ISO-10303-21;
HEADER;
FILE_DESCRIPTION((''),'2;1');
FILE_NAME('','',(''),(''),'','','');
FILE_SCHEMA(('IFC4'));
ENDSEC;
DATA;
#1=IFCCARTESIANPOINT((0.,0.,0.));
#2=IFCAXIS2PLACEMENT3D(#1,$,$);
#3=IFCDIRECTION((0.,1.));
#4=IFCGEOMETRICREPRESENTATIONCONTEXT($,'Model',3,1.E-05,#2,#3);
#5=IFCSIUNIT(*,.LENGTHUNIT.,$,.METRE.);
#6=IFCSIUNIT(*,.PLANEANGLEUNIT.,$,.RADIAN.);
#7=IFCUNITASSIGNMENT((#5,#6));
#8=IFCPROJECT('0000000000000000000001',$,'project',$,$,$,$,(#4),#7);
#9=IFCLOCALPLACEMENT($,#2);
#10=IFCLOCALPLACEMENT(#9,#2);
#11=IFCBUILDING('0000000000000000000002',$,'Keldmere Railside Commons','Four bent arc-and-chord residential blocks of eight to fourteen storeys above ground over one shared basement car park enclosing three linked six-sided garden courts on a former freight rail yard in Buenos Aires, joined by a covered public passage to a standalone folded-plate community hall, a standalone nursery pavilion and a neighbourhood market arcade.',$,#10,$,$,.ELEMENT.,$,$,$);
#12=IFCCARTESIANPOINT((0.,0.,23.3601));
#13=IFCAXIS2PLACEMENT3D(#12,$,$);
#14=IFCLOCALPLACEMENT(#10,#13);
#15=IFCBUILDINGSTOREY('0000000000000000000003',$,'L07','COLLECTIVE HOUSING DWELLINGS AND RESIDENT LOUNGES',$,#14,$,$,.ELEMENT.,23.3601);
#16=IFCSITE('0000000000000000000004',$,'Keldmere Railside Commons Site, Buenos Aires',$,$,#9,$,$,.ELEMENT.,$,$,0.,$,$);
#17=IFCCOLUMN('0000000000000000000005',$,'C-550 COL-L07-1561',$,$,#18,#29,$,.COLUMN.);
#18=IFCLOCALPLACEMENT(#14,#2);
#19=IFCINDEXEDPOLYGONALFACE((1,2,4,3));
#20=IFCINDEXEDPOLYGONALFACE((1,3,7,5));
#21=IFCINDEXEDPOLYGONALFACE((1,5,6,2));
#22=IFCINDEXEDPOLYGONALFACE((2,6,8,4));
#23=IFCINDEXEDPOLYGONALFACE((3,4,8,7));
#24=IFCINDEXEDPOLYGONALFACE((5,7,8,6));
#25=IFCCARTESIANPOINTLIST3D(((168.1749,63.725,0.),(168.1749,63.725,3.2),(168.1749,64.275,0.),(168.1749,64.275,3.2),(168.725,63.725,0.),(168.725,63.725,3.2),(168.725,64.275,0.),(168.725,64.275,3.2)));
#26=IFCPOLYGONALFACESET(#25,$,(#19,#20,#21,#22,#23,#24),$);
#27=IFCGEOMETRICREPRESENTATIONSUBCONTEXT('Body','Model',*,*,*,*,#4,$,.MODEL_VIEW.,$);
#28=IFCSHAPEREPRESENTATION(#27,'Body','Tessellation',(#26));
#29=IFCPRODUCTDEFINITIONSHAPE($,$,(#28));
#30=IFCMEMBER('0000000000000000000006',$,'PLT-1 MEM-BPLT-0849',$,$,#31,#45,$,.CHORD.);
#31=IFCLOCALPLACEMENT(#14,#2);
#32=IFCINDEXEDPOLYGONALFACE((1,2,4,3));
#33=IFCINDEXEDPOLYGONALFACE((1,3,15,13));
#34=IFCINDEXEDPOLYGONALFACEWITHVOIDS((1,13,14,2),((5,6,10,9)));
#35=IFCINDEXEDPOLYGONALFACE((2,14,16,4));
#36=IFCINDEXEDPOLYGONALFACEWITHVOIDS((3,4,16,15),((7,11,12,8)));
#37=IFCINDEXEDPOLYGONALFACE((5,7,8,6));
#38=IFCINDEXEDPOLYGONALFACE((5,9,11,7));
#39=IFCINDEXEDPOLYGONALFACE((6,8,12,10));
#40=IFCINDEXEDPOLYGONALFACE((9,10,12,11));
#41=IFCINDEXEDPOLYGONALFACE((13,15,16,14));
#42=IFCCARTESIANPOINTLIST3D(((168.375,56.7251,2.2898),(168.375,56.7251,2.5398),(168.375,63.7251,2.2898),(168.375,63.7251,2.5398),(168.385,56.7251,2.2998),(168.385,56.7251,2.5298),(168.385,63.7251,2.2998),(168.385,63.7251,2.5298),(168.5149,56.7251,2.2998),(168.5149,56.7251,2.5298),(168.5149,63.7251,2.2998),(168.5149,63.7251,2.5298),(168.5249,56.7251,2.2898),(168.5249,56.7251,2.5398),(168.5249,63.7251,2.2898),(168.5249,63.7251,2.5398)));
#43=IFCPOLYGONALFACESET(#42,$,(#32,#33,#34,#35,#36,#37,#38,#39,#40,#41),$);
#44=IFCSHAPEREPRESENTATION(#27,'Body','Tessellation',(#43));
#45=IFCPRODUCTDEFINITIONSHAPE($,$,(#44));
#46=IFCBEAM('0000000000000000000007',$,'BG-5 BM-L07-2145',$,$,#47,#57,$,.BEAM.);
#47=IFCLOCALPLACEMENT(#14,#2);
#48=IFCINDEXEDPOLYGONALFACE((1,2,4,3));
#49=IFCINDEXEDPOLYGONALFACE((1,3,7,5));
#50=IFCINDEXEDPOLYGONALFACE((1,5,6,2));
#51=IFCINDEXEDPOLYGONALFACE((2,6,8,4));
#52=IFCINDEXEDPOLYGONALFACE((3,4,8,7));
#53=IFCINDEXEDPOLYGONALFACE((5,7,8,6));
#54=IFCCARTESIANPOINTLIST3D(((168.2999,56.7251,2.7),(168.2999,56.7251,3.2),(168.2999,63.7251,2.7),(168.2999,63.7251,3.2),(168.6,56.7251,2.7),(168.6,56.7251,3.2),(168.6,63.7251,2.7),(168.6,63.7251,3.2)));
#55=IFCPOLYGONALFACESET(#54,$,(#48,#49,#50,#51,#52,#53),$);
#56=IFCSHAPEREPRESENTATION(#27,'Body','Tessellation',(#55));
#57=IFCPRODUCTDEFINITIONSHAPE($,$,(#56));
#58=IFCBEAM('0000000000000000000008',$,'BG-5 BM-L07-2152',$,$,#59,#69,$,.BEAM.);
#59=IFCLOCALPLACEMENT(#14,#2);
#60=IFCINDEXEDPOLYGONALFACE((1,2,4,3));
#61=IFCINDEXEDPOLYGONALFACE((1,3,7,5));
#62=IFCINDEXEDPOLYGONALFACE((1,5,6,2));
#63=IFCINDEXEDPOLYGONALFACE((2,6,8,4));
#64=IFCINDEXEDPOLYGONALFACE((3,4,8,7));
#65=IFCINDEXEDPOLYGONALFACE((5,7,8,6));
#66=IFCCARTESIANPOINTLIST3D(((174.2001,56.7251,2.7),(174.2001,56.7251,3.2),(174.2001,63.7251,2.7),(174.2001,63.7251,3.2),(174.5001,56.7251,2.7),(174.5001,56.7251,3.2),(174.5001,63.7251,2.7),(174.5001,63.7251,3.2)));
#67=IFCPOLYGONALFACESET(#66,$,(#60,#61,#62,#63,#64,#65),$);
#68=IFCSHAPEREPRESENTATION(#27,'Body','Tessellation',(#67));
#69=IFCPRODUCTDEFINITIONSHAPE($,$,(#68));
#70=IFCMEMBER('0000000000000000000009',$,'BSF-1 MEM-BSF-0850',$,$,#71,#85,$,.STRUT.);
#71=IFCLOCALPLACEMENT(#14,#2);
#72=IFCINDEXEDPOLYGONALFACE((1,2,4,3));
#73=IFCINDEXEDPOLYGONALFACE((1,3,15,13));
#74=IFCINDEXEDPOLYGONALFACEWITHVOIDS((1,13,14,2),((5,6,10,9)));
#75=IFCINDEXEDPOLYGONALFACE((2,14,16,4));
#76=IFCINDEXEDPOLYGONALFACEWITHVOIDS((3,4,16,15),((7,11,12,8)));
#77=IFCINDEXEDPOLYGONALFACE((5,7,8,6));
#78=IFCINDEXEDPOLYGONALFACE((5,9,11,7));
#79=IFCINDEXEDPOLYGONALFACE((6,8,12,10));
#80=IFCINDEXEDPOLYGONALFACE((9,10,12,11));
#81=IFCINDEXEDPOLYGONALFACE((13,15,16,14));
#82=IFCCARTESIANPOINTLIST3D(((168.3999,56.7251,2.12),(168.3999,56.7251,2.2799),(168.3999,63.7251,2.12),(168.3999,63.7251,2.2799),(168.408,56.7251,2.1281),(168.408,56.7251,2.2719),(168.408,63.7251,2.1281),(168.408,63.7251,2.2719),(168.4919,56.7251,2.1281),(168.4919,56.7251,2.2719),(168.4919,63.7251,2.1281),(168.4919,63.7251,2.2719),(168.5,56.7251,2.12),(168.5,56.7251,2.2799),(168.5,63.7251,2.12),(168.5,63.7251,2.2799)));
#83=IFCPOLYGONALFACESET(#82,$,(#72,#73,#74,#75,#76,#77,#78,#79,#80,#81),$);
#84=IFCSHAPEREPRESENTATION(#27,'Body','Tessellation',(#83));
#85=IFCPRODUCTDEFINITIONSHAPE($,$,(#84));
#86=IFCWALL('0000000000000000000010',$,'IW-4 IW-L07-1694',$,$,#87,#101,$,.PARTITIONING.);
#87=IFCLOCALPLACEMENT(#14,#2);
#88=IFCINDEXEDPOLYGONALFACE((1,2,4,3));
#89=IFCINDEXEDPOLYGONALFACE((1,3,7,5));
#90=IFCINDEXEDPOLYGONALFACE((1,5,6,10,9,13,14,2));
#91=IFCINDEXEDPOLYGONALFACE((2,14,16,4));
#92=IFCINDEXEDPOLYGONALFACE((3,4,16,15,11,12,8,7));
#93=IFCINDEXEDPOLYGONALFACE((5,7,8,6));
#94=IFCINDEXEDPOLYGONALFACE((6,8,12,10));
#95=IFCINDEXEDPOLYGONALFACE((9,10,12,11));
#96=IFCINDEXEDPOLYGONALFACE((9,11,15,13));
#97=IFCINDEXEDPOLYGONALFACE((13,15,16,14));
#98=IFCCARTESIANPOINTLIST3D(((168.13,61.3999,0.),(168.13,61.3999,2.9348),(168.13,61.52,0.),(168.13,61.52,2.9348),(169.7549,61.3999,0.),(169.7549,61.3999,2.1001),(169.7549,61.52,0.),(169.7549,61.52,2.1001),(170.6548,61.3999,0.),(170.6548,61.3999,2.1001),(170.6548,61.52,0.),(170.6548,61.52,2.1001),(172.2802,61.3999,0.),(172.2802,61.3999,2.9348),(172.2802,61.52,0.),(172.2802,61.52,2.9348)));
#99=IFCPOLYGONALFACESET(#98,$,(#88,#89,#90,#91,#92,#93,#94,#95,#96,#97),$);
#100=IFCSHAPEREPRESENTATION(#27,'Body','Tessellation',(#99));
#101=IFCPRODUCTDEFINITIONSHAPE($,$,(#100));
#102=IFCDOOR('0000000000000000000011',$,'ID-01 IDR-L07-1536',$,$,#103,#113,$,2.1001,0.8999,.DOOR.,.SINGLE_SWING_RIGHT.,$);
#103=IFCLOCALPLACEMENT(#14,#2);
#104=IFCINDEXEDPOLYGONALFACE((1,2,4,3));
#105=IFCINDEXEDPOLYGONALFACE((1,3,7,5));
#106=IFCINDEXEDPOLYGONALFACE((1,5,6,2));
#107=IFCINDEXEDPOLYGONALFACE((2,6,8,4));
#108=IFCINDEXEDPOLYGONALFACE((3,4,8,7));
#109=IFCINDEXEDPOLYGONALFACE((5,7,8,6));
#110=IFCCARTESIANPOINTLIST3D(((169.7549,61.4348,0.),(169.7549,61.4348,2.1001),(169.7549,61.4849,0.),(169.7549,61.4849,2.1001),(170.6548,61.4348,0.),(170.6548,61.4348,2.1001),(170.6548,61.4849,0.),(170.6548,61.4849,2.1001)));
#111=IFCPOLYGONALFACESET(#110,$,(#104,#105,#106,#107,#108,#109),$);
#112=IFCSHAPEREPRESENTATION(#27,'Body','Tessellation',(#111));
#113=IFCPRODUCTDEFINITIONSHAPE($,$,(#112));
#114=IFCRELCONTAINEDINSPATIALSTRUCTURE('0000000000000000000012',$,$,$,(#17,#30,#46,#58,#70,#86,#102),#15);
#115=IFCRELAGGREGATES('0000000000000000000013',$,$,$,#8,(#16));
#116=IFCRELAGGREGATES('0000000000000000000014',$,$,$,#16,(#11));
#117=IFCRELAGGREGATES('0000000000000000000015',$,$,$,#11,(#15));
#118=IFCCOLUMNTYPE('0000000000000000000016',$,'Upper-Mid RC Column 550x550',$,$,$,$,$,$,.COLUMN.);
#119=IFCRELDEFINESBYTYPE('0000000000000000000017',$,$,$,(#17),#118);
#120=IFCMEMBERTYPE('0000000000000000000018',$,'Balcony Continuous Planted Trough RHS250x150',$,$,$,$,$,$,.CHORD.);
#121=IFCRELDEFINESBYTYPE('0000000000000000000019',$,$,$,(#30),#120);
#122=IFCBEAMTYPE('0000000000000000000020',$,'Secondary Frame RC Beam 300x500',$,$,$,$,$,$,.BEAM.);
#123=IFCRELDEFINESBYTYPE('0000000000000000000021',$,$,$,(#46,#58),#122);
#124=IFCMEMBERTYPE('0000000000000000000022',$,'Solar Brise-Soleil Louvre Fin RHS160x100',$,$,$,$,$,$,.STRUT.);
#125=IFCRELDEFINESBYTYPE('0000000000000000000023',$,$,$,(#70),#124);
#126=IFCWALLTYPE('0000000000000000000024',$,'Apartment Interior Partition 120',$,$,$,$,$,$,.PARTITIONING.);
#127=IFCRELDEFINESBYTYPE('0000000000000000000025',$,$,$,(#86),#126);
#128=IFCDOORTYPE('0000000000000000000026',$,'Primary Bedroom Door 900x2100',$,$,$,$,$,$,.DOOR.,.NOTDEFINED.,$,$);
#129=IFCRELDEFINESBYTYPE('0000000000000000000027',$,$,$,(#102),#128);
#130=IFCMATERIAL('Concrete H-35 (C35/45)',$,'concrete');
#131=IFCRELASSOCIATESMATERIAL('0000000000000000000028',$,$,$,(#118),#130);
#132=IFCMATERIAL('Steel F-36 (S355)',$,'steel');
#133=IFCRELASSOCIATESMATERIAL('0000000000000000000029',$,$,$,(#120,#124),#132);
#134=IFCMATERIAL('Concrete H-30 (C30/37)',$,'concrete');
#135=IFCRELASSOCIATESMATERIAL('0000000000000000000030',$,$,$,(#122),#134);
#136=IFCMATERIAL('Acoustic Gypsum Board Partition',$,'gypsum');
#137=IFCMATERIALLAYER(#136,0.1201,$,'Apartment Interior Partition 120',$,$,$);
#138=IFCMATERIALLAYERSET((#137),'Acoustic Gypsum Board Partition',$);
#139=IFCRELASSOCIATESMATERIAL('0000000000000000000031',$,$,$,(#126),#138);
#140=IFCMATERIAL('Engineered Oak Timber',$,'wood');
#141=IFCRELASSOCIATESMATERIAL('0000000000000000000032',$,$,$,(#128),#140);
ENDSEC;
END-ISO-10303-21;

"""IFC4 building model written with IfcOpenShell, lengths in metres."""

from ifc_helpers import new_model, si_unit, direction, frame, frame_2d, origin, origin_2d, place, context, subcontext, project, spatial, rectangle, hollow_rectangle, extrude, material, layer, layer_set, material_profile, profile_set, type_object, element, fill, save


model = new_model("IFC4")

# Units and contexts
model_context = context("Model", 3, precision=1e-05, world=origin(), true_north=direction((0.0, 1.0)))
body_context = subcontext(model_context, "Body", "Model", "MODEL_VIEW")
ifc_project = project(units=[si_unit("LENGTHUNIT", "METRE"), si_unit("PLANEANGLEUNIT", "RADIAN")], contexts=[model_context])

# Site, building, storey
site_placement = place(None, origin())
site = spatial("IfcSite", under=ifc_project, at=site_placement, Name="Keldmere Railside Commons Site, Buenos Aires", CompositionType="ELEMENT", RefElevation=0.0)
building_placement = place(site_placement, origin())
building = spatial("IfcBuilding", under=site, at=building_placement, Name="Keldmere Railside Commons", Description="Four bent arc-and-chord residential blocks of eight to fourteen storeys above ground over one shared basement car park enclosing three linked six-sided garden courts on a former freight rail yard in Buenos Aires, joined by a covered public passage to a standalone folded-plate community hall, a standalone nursery pavilion and a neighbourhood market arcade.", CompositionType="ELEMENT")
storey_placement = place(building_placement, frame((0.0, 0.0, 23.3601)))
storey = spatial("IfcBuildingStorey", under=building, at=storey_placement, Name="L07", Description="COLLECTIVE HOUSING DWELLINGS AND RESIDENT LOUNGES", CompositionType="ELEMENT", Elevation=23.3601)

# Column
ifc_material_1 = material(Name="Concrete H-35 (C35/45)", Category="concrete")
ifc_material_profile_1 = material_profile(ifc_material_1, rectangle(XDim=0.55, YDim=0.55, at=origin_2d()), Name="RC-550x550")
ifc_profile_set_1 = profile_set([ifc_material_profile_1], Name="Concrete H-35 (C35/45)")
column_type = type_object("IfcColumnType", Name="Upper-Mid RC Column 550x550", PredefinedType="COLUMN", material=ifc_profile_set_1)
column_placement = place(storey_placement, frame((168.45, 64.0, 0.0), z_axis=(0.0, 0.0, 1.0), x_axis=(1.0, 0.0, 0.0)))
element("IfcColumn", 1, at=column_placement, inside=storey, type_object=column_type, Name="C-550 COL-L07-1561", PredefinedType="COLUMN", context=body_context, shape_type="SweptSolid", body=[
    extrude(rectangle(XDim=0.55, YDim=0.55, at=origin_2d()), origin(), (0.0, 0.0, 1.0), 3.2),
])

# Member
ifc_material_2 = material(Name="Steel F-36 (S355)", Category="steel")
ifc_material_profile_2 = material_profile(ifc_material_2, hollow_rectangle(XDim=0.1499, YDim=0.25, WallThickness=0.01, at=origin_2d()), Name="RHS-250x150x10")
ifc_profile_set_2 = profile_set([ifc_material_profile_2], Name="Steel F-36 (S355)")
member_type_1 = type_object("IfcMemberType", Name="Balcony Continuous Planted Trough RHS250x150", PredefinedType="CHORD", material=ifc_profile_set_2)
member_1_placement = place(storey_placement, frame((168.45, 56.7251, 2.4148), z_axis=(0.0, 1.0, 0.0), x_axis=(-1.0, 0.0, 0.0)))
element("IfcMember", 2, at=member_1_placement, inside=storey, type_object=member_type_1, Name="PLT-1 MEM-BPLT-0849", PredefinedType="CHORD", context=body_context, shape_type="SweptSolid", body=[
    extrude(hollow_rectangle(XDim=0.1499, YDim=0.25, WallThickness=0.01, at=origin_2d()), origin(), (0.0, 0.0, 1.0), 7.0),
])

# Beams
ifc_material_3 = material(Name="Concrete H-30 (C30/37)", Category="concrete")
ifc_material_profile_3 = material_profile(ifc_material_3, rectangle(XDim=0.3, YDim=0.5, at=origin_2d()), Name="RC-300x500")
ifc_profile_set_3 = profile_set([ifc_material_profile_3], Name="Concrete H-30 (C30/37)")
beam_type = type_object("IfcBeamType", Name="Secondary Frame RC Beam 300x500", PredefinedType="BEAM", material=ifc_profile_set_3)
for number, where, z_axis, x_axis, name in (
    (3, (168.45, 56.7251, 2.95), (0.0, 1.0, 0.0), (-1.0, 0.0, 0.0), "BG-5 BM-L07-2145"),
    (4, (174.3501, 56.7251, 2.95), (0.0, 1.0, 0.0), (-1.0, 0.0, 0.0), "BG-5 BM-L07-2152"),
):
    element("IfcBeam", number, at=place(storey_placement, frame(where, z_axis=z_axis, x_axis=x_axis)), inside=storey, type_object=beam_type, Name=name, PredefinedType="BEAM", context=body_context, shape_type="SweptSolid", body=[
        extrude(rectangle(XDim=0.3, YDim=0.5, at=origin_2d()), origin(), (0.0, 0.0, 1.0), 7.0),
    ])

# Member
ifc_material_profile_4 = material_profile(ifc_material_2, hollow_rectangle(XDim=0.1001, YDim=0.1599, WallThickness=0.0081, at=origin_2d()), Name="RHS-160x100x8")
ifc_profile_set_4 = profile_set([ifc_material_profile_4], Name="Steel F-36 (S355)")
member_type_2 = type_object("IfcMemberType", Name="Solar Brise-Soleil Louvre Fin RHS160x100", PredefinedType="STRUT", material=ifc_profile_set_4)
member_2_placement = place(storey_placement, frame((168.45, 56.7251, 2.2), z_axis=(0.0, 1.0, 0.0), x_axis=(-1.0, 0.0, 0.0)))
element("IfcMember", 5, at=member_2_placement, inside=storey, type_object=member_type_2, Name="BSF-1 MEM-BSF-0850", PredefinedType="STRUT", context=body_context, shape_type="SweptSolid", body=[
    extrude(hollow_rectangle(XDim=0.1001, YDim=0.1599, WallThickness=0.0081, at=origin_2d()), origin(), (0.0, 0.0, 1.0), 7.0),
])

# Wall, opening, door
ifc_material_4 = material(Name="Acoustic Gypsum Board Partition", Category="gypsum")
ifc_layer = layer(ifc_material_4, 0.1201, Name="Apartment Interior Partition 120")
ifc_layer_set = layer_set([ifc_layer], Name="Acoustic Gypsum Board Partition")
wall_type = type_object("IfcWallType", Name="Apartment Interior Partition 120", PredefinedType="PARTITIONING", material=ifc_layer_set)
wall_placement = place(storey_placement, frame((168.1299, 61.46, 0.0), z_axis=(0.0, 0.0, 1.0), x_axis=(1.0, 0.0, 0.0)))
wall = element("IfcWall", 6, at=wall_placement, inside=storey, type_object=wall_type, Name="IW-4 IW-L07-1694", PredefinedType="PARTITIONING", context=body_context, shape_type="SweptSolid", body=[
    extrude(rectangle(XDim=4.1501, YDim=0.1201, at=frame_2d((2.0752, 0.0))), origin(), (0.0, 0.0, 1.0), 2.9348),
])
opening_placement = place(wall_placement, frame((1.625, 0.0, 0.0)))
opening = element("IfcOpeningElement", 7, at=opening_placement, cuts=wall, PredefinedType="OPENING", context=body_context, shape_type="SweptSolid", body=[
    extrude(rectangle(XDim=0.8999, YDim=2.1001, at=frame_2d((0.45, 1.05))), frame((0.0, 0.0701, 0.0), z_axis=(0.0, -1.0, 0.0), x_axis=(1.0, 0.0, 0.0)), (0.0, 0.0, 1.0), 0.1401),
])
ifc_material_5 = material(Name="Engineered Oak Timber", Category="wood")
door_type = type_object("IfcDoorType", Name="Primary Bedroom Door 900x2100", OperationType="NOTDEFINED", PredefinedType="DOOR", material=ifc_material_5)
door_placement = place(opening_placement, origin())
door = element("IfcDoor", 8, at=door_placement, inside=storey, type_object=door_type, Name="ID-01 IDR-L07-1536", OperationType="SINGLE_SWING_RIGHT", OverallHeight=2.1001, OverallWidth=0.8999, PredefinedType="DOOR", context=body_context, shape_type="SweptSolid", body=[
    extrude(rectangle(XDim=0.8999, YDim=2.1001, at=frame_2d((0.45, 1.05))), frame((0.0, 0.0249, 0.0), z_axis=(0.0, -1.0, 0.0), x_axis=(1.0, 0.0, 0.0)), (0.0, 0.0, 1.0), 0.05),
])
fill(opening, door)

save(model, "model.ifc")
